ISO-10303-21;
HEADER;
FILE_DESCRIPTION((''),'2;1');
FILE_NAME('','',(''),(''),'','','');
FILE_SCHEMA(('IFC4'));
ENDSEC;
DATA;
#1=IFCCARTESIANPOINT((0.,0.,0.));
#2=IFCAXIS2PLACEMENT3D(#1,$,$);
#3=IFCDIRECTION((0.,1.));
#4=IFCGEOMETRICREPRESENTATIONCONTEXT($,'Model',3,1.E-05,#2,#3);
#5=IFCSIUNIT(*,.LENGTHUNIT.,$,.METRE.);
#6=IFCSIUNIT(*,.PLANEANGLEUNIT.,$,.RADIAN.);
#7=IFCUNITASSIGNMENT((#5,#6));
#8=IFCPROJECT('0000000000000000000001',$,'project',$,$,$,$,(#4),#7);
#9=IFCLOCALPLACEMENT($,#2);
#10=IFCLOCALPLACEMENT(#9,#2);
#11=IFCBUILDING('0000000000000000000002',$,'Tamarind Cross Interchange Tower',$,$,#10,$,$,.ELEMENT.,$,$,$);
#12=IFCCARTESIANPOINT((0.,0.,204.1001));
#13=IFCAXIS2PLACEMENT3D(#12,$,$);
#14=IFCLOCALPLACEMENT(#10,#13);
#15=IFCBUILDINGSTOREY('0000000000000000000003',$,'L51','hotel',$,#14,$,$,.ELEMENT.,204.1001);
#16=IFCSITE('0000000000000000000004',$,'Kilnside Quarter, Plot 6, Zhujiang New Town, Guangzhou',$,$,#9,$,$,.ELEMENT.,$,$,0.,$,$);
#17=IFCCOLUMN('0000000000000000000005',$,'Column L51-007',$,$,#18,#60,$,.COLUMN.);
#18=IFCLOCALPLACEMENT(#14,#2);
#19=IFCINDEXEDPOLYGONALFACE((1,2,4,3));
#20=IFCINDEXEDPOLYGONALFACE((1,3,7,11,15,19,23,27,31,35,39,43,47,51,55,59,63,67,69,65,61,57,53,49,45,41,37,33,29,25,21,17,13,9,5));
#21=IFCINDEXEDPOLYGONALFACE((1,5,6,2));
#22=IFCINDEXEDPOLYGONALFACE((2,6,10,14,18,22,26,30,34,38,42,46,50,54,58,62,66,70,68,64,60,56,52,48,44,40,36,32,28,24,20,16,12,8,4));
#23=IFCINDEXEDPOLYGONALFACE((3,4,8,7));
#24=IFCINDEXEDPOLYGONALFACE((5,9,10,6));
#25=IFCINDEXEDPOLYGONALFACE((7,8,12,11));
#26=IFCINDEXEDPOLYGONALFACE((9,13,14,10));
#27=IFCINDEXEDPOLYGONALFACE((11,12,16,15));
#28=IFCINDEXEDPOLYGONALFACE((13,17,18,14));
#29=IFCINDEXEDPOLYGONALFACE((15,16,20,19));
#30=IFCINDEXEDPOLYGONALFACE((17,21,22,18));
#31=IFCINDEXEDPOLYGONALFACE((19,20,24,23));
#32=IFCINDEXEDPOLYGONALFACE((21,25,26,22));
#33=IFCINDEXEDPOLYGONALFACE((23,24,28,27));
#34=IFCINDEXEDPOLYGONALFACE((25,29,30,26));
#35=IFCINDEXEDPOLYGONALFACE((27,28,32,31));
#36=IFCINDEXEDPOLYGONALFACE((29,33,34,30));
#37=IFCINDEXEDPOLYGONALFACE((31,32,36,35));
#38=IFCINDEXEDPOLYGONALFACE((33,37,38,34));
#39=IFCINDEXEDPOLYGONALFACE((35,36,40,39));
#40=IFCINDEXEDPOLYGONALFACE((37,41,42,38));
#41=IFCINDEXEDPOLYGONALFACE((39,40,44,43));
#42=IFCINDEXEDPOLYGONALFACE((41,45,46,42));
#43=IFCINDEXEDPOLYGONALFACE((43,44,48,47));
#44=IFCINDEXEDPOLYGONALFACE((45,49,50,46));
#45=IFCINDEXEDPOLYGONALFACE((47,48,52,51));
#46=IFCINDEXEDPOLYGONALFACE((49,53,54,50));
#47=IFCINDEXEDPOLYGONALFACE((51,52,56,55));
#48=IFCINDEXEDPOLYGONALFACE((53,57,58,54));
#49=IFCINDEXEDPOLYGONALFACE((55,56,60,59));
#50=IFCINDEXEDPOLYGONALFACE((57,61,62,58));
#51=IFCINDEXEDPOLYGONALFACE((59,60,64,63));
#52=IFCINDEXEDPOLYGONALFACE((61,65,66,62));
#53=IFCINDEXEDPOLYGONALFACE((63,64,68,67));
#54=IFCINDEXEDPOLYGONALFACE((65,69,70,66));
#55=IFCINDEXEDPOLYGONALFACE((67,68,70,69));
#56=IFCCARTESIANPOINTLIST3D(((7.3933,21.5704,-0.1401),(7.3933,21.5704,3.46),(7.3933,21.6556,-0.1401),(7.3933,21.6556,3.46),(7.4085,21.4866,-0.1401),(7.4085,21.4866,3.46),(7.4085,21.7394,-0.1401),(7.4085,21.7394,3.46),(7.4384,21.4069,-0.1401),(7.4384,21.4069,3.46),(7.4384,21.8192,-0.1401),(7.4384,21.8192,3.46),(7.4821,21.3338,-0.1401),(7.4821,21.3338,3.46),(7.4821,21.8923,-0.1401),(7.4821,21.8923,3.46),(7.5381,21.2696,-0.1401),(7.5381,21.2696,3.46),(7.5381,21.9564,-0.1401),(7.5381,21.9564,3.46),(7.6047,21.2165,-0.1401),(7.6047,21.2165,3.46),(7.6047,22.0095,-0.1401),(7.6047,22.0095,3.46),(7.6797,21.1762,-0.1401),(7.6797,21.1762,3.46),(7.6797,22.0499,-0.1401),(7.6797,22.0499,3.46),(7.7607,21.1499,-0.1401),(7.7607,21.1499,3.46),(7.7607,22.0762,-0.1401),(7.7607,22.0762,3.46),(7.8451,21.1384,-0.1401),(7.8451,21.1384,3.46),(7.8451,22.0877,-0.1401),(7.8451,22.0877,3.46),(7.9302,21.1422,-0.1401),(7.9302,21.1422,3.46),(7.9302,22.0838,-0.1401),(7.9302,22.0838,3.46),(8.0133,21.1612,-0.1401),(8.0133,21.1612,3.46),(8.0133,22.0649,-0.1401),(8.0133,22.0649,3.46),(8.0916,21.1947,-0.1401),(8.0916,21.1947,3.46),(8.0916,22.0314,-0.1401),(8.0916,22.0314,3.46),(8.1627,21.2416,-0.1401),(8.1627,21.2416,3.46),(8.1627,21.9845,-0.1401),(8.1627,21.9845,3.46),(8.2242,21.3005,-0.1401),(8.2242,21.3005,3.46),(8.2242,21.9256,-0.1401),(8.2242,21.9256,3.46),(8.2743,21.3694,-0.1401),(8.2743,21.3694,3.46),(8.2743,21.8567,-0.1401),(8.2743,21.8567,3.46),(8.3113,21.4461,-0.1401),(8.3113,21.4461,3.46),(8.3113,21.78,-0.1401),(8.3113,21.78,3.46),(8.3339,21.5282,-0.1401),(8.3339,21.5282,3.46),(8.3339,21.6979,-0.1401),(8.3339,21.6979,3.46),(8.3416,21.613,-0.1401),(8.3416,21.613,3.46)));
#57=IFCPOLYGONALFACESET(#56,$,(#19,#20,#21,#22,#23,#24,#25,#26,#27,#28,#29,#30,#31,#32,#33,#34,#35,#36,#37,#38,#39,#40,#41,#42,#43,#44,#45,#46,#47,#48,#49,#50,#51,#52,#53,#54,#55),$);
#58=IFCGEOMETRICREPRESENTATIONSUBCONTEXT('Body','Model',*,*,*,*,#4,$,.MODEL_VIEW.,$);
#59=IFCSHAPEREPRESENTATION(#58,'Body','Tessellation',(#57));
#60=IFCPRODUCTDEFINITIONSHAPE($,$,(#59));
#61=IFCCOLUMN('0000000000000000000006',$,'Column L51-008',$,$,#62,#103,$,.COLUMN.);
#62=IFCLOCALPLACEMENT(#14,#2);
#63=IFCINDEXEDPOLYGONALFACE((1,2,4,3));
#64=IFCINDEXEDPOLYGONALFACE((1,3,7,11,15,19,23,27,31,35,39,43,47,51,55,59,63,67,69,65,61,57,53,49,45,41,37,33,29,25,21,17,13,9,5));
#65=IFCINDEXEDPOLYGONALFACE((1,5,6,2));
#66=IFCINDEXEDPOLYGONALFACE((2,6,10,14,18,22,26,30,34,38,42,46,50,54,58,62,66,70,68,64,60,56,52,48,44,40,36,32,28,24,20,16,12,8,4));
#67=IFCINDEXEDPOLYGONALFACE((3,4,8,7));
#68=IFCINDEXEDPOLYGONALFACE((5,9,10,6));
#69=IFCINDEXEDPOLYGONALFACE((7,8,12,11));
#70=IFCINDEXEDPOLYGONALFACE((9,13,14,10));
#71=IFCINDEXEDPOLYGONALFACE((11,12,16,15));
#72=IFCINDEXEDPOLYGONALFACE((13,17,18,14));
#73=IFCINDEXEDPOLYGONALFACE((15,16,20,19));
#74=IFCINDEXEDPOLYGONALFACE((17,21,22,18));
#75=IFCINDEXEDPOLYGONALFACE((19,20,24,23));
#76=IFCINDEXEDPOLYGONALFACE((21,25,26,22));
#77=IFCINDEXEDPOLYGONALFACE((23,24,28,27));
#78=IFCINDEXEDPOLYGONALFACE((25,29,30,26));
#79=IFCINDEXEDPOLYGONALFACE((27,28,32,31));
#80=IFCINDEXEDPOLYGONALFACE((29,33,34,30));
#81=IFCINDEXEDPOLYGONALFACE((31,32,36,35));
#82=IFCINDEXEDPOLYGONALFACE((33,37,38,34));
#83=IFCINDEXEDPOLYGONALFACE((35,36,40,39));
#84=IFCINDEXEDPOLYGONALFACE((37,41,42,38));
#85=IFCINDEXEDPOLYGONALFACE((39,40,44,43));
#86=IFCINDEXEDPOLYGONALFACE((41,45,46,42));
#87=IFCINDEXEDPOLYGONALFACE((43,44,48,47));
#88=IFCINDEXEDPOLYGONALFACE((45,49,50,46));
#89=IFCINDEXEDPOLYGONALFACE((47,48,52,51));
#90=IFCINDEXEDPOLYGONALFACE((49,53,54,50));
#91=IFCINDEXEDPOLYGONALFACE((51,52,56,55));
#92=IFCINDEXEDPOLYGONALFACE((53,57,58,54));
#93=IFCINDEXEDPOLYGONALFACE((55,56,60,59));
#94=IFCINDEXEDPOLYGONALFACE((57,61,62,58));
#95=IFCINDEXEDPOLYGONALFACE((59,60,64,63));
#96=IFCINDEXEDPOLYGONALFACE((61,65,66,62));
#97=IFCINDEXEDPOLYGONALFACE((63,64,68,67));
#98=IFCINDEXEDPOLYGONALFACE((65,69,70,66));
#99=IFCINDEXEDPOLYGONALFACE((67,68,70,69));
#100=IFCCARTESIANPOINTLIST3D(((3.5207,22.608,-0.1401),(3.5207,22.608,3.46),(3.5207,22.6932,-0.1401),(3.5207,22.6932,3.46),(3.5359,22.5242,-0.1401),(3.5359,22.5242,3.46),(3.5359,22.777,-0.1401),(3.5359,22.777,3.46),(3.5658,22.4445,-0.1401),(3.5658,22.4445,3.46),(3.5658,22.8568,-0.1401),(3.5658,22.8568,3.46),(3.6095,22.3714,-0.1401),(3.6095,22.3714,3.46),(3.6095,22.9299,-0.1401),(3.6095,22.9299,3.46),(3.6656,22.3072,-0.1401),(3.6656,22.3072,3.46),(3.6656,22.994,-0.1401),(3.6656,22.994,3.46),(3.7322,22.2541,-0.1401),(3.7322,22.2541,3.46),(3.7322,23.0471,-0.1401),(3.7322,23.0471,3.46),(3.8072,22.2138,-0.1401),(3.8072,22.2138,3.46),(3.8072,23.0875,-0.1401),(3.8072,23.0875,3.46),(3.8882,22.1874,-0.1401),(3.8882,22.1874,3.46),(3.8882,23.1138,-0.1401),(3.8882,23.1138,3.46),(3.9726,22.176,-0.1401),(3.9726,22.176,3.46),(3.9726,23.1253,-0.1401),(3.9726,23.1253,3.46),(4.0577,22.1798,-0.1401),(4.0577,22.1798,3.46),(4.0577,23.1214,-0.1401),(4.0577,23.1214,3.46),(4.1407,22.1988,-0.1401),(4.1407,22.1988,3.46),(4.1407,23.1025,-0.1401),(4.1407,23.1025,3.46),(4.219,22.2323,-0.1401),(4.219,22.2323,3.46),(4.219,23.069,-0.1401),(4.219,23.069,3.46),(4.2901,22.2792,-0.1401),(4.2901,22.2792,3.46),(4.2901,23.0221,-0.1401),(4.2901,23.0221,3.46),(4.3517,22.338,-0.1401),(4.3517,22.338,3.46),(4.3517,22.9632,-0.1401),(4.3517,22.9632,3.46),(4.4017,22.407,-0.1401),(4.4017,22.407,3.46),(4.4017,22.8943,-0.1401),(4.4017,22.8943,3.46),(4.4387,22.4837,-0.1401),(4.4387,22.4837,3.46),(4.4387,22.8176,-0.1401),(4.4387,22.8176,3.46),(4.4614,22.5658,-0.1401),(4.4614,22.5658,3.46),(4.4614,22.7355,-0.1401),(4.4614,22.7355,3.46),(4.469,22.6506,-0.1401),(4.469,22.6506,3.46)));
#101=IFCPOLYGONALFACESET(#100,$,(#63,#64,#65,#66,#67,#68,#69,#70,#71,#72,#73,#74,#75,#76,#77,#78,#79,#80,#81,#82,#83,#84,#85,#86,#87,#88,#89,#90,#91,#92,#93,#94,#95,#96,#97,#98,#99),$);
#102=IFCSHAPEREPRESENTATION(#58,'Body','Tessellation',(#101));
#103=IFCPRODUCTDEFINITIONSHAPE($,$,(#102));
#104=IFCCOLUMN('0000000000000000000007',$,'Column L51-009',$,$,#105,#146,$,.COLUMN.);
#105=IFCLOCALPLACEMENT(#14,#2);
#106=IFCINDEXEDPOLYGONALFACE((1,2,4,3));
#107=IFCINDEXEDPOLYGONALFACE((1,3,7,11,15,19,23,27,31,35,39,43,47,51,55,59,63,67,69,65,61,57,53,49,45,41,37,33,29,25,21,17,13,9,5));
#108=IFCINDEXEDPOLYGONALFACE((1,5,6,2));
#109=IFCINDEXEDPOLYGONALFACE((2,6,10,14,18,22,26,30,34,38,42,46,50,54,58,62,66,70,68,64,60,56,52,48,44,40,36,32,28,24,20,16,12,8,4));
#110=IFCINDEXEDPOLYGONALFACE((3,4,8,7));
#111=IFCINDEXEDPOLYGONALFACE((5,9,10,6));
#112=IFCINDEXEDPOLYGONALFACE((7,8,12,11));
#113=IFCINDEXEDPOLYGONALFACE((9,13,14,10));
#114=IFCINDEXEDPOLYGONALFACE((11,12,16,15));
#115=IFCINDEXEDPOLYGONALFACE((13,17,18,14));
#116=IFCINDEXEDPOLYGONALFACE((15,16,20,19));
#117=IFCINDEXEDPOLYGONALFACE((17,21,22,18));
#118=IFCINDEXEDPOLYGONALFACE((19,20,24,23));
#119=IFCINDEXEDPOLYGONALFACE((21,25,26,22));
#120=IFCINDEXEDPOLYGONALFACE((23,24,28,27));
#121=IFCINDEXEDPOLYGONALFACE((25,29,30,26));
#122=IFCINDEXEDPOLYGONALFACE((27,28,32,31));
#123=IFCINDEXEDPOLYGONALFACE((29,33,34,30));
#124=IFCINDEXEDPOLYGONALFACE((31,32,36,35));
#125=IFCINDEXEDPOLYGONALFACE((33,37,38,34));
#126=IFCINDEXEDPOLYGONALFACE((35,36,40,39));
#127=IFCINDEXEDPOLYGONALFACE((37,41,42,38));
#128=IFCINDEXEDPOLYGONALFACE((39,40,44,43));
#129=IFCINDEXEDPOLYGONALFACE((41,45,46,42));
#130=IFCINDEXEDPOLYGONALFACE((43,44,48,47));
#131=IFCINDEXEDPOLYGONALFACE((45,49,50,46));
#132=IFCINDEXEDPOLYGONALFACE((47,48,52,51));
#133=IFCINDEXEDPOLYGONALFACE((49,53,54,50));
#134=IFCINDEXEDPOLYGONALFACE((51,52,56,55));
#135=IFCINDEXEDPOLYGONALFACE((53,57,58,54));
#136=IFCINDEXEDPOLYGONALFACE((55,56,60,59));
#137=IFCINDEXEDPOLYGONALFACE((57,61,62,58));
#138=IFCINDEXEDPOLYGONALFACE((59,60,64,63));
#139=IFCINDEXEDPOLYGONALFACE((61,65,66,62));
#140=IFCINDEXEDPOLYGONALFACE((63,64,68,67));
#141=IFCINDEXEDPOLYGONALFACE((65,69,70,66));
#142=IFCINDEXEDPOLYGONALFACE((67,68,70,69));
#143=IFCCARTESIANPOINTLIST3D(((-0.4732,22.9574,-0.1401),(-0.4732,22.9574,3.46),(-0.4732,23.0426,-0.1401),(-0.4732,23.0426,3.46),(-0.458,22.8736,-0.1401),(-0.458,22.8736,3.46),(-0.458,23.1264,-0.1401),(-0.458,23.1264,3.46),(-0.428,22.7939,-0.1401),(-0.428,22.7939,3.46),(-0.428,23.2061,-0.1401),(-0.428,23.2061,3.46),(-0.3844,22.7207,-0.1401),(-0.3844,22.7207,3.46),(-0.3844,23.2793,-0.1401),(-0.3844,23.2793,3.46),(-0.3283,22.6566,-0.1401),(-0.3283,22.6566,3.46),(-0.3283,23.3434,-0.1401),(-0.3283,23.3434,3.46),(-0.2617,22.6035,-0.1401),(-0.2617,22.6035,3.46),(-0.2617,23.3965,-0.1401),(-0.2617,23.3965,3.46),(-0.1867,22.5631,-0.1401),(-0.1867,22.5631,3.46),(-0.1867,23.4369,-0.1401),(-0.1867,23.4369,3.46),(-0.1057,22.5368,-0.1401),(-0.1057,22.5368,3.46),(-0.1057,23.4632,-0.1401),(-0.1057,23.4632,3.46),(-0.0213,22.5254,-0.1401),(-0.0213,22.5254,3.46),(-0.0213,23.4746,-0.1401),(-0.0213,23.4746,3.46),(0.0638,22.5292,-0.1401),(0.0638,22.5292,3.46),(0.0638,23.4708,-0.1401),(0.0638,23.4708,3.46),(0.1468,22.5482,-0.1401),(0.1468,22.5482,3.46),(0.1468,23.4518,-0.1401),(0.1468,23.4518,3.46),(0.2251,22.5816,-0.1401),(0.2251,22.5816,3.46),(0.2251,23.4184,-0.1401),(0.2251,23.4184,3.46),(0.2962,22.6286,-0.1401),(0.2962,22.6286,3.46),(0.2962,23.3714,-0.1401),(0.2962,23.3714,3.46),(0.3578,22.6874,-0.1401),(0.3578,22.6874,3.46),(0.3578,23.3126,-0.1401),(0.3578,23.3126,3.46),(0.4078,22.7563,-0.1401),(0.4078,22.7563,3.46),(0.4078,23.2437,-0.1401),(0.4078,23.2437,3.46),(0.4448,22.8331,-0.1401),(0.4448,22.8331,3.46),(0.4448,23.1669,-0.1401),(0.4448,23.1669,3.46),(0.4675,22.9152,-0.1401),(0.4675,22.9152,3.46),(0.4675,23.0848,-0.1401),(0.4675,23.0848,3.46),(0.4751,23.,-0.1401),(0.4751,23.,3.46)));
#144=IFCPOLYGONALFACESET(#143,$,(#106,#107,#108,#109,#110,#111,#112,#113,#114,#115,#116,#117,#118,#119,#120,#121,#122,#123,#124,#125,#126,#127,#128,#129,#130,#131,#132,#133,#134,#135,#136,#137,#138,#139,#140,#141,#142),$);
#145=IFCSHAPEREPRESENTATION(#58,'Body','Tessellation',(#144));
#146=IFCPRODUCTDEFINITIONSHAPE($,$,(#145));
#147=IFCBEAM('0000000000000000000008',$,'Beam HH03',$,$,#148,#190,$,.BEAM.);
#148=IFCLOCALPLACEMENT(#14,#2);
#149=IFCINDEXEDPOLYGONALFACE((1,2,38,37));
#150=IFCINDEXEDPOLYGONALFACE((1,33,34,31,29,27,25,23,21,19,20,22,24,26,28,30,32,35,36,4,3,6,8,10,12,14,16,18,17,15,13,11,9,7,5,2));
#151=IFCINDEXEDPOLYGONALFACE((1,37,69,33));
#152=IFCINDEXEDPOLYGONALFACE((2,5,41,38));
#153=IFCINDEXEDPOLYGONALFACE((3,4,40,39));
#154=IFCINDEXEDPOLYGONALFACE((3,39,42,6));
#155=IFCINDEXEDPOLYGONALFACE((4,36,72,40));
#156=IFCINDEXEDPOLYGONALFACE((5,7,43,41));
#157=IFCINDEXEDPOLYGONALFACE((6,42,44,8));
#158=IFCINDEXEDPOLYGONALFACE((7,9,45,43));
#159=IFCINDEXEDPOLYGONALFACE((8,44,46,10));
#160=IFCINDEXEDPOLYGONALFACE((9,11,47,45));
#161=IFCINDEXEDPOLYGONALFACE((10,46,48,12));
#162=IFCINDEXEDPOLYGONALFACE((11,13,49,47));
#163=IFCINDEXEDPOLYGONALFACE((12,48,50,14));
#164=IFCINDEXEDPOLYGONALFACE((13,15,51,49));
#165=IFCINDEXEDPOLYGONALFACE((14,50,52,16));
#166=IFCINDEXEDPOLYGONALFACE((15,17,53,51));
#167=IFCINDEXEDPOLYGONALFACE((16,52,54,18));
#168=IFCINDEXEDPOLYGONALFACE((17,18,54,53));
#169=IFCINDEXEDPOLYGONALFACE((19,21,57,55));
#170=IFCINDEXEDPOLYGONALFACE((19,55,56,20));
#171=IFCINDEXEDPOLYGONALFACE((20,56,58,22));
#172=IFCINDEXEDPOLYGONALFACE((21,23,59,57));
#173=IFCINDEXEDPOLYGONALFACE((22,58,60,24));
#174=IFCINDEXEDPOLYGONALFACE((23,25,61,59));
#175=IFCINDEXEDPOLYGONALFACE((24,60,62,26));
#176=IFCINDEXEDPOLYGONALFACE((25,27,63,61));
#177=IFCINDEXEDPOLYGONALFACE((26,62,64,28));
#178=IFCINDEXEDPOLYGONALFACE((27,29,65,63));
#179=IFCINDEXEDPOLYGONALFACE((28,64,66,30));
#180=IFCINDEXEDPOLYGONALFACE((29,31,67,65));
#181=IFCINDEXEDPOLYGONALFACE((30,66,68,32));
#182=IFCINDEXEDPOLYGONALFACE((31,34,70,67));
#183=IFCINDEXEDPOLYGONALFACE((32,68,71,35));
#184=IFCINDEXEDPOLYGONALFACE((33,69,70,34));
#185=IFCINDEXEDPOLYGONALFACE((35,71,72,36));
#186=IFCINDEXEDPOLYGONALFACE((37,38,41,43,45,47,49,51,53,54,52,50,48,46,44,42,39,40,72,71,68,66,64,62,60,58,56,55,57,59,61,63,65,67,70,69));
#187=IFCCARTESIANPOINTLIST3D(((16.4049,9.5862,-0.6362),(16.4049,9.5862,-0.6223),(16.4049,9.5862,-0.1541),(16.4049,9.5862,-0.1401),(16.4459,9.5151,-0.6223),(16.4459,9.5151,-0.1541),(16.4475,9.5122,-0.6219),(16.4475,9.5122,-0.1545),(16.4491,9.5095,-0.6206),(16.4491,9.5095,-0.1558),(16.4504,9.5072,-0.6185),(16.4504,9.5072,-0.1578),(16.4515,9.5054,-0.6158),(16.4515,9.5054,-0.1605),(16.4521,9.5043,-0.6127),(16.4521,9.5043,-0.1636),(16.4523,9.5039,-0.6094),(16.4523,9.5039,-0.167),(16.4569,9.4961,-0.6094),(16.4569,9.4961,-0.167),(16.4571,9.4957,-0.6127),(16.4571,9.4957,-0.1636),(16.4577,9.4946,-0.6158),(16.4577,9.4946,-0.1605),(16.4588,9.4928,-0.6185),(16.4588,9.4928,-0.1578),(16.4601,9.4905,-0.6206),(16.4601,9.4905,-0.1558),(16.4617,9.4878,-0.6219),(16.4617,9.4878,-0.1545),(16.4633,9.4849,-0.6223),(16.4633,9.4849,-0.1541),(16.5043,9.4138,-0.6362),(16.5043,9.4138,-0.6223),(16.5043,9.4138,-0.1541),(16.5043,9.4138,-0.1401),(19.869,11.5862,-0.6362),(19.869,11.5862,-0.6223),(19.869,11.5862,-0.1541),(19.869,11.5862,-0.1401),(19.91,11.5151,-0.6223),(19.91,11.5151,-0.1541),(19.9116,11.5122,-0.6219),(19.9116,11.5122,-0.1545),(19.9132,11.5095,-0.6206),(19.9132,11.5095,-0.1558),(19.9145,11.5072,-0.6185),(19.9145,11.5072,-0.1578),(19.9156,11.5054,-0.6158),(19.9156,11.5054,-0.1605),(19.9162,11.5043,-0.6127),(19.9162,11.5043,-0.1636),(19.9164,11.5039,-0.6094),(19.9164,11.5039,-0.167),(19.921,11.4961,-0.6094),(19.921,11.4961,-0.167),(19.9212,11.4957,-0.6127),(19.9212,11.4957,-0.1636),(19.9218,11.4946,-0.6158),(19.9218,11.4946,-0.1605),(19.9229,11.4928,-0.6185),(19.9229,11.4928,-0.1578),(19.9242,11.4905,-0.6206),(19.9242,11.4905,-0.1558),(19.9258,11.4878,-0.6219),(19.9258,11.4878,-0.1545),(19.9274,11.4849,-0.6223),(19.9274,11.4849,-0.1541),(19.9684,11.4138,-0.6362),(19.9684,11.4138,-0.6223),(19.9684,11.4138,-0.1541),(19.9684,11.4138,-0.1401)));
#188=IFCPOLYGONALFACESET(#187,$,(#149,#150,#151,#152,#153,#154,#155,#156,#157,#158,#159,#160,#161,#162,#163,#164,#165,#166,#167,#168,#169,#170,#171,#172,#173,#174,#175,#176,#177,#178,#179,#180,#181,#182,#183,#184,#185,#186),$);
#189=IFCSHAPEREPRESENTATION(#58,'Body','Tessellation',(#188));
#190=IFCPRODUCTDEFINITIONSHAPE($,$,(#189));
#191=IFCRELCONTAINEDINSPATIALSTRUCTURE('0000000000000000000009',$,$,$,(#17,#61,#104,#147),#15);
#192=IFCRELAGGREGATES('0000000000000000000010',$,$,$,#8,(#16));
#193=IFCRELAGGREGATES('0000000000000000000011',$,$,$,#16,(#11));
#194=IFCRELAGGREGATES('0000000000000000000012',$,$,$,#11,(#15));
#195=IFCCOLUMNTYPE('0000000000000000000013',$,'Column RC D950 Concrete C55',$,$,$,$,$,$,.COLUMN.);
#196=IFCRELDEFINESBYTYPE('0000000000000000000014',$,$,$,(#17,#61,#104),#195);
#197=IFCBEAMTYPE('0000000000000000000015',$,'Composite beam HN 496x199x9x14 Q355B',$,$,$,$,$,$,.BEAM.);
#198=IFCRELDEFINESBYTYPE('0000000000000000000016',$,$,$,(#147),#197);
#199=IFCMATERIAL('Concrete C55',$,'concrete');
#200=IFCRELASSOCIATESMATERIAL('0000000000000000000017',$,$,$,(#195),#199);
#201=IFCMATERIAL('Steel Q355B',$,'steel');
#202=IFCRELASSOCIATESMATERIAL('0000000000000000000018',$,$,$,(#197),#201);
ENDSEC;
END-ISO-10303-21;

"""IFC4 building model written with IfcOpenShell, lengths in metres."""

from ifc_helpers import new_model, si_unit, direction, frame, origin, origin_2d, place, context, subcontext, project, spatial, circle, i_section, extrude, material, material_profile, profile_set, type_object, element, save


model = new_model("IFC4")

# Units and contexts
model_context = context("Model", 3, precision=1e-05, world=origin(), true_north=direction((0.0, 1.0)))
body_context = subcontext(model_context, "Body", "Model", "MODEL_VIEW")
ifc_project = project(units=[si_unit("LENGTHUNIT", "METRE"), si_unit("PLANEANGLEUNIT", "RADIAN")], contexts=[model_context])

# Site, building, storey
site_placement = place(None, origin())
site = spatial("IfcSite", under=ifc_project, at=site_placement, Name="Kilnside Quarter, Plot 6, Zhujiang New Town, Guangzhou", CompositionType="ELEMENT", RefElevation=0.0)
building_placement = place(site_placement, origin())
building = spatial("IfcBuilding", under=site, at=building_placement, Name="Tamarind Cross Interchange Tower", CompositionType="ELEMENT")
storey_placement = place(building_placement, frame((0.0, 0.0, 204.1001)))
storey = spatial("IfcBuildingStorey", under=building, at=storey_placement, Name="L51", Description="hotel", CompositionType="ELEMENT", Elevation=204.1001)

# Columns
ifc_material_1 = material(Name="Concrete C55", Category="concrete")
ifc_material_profile_1 = material_profile(ifc_material_1, circle(Radius=0.4751, at=origin_2d()), Name="RC D950")
ifc_profile_set_1 = profile_set([ifc_material_profile_1], Name="Concrete C55")
column_type = type_object("IfcColumnType", Name="Column RC D950 Concrete C55", PredefinedType="COLUMN", material=ifc_profile_set_1)
for number, where, z_axis, x_axis, name in (
    (1, (7.8665, 21.613, -0.1401), (0.0, 0.0, 1.0), (1.0, 0.0, 0.0), "Column L51-007"),
    (2, (3.9939, 22.6506, -0.1401), (0.0, 0.0, 1.0), (1.0, 0.0, 0.0), "Column L51-008"),
    (3, (0.0, 23.0, -0.1401), (0.0, 0.0, 1.0), (1.0, 0.0, 0.0), "Column L51-009"),
):
    element("IfcColumn", number, at=place(storey_placement, frame(where, z_axis=z_axis, x_axis=x_axis)), inside=storey, type_object=column_type, Name=name, PredefinedType="COLUMN", context=body_context, shape_type="SweptSolid", body=[
        extrude(circle(Radius=0.4751, at=origin_2d()), origin(), (0.0, 0.0, 1.0), 3.6001),
    ])

# Beam
ifc_material_2 = material(Name="Steel Q355B", Category="steel")
ifc_material_profile_2 = material_profile(ifc_material_2, i_section(OverallWidth=0.199, OverallDepth=0.4961, WebThickness=0.009, FlangeThickness=0.0139, FilletRadius=0.0129, at=origin_2d()), Name="HN 496x199x9x14")
ifc_profile_set_2 = profile_set([ifc_material_profile_2], Name="Steel Q355B")
beam_type = type_object("IfcBeamType", Name="Composite beam HN 496x199x9x14 Q355B", PredefinedType="BEAM", material=ifc_profile_set_2)
beam_1_placement = place(storey_placement, frame((19.9187, 11.5, -0.3882), z_axis=(-0.866026, -0.499999, 0.0), x_axis=(0.499999, -0.866026, 0.0)))
element("IfcBeam", 4, at=beam_1_placement, inside=storey, type_object=beam_type, Name="Beam HH03", PredefinedType="BEAM", context=body_context, shape_type="SweptSolid", body=[
    extrude(i_section(OverallWidth=0.199, OverallDepth=0.4961, WebThickness=0.009, FlangeThickness=0.0139, FilletRadius=0.0129, at=origin_2d()), origin(), (0.0, 0.0, 1.0), 4.0),
])

save(model, "model.ifc")
